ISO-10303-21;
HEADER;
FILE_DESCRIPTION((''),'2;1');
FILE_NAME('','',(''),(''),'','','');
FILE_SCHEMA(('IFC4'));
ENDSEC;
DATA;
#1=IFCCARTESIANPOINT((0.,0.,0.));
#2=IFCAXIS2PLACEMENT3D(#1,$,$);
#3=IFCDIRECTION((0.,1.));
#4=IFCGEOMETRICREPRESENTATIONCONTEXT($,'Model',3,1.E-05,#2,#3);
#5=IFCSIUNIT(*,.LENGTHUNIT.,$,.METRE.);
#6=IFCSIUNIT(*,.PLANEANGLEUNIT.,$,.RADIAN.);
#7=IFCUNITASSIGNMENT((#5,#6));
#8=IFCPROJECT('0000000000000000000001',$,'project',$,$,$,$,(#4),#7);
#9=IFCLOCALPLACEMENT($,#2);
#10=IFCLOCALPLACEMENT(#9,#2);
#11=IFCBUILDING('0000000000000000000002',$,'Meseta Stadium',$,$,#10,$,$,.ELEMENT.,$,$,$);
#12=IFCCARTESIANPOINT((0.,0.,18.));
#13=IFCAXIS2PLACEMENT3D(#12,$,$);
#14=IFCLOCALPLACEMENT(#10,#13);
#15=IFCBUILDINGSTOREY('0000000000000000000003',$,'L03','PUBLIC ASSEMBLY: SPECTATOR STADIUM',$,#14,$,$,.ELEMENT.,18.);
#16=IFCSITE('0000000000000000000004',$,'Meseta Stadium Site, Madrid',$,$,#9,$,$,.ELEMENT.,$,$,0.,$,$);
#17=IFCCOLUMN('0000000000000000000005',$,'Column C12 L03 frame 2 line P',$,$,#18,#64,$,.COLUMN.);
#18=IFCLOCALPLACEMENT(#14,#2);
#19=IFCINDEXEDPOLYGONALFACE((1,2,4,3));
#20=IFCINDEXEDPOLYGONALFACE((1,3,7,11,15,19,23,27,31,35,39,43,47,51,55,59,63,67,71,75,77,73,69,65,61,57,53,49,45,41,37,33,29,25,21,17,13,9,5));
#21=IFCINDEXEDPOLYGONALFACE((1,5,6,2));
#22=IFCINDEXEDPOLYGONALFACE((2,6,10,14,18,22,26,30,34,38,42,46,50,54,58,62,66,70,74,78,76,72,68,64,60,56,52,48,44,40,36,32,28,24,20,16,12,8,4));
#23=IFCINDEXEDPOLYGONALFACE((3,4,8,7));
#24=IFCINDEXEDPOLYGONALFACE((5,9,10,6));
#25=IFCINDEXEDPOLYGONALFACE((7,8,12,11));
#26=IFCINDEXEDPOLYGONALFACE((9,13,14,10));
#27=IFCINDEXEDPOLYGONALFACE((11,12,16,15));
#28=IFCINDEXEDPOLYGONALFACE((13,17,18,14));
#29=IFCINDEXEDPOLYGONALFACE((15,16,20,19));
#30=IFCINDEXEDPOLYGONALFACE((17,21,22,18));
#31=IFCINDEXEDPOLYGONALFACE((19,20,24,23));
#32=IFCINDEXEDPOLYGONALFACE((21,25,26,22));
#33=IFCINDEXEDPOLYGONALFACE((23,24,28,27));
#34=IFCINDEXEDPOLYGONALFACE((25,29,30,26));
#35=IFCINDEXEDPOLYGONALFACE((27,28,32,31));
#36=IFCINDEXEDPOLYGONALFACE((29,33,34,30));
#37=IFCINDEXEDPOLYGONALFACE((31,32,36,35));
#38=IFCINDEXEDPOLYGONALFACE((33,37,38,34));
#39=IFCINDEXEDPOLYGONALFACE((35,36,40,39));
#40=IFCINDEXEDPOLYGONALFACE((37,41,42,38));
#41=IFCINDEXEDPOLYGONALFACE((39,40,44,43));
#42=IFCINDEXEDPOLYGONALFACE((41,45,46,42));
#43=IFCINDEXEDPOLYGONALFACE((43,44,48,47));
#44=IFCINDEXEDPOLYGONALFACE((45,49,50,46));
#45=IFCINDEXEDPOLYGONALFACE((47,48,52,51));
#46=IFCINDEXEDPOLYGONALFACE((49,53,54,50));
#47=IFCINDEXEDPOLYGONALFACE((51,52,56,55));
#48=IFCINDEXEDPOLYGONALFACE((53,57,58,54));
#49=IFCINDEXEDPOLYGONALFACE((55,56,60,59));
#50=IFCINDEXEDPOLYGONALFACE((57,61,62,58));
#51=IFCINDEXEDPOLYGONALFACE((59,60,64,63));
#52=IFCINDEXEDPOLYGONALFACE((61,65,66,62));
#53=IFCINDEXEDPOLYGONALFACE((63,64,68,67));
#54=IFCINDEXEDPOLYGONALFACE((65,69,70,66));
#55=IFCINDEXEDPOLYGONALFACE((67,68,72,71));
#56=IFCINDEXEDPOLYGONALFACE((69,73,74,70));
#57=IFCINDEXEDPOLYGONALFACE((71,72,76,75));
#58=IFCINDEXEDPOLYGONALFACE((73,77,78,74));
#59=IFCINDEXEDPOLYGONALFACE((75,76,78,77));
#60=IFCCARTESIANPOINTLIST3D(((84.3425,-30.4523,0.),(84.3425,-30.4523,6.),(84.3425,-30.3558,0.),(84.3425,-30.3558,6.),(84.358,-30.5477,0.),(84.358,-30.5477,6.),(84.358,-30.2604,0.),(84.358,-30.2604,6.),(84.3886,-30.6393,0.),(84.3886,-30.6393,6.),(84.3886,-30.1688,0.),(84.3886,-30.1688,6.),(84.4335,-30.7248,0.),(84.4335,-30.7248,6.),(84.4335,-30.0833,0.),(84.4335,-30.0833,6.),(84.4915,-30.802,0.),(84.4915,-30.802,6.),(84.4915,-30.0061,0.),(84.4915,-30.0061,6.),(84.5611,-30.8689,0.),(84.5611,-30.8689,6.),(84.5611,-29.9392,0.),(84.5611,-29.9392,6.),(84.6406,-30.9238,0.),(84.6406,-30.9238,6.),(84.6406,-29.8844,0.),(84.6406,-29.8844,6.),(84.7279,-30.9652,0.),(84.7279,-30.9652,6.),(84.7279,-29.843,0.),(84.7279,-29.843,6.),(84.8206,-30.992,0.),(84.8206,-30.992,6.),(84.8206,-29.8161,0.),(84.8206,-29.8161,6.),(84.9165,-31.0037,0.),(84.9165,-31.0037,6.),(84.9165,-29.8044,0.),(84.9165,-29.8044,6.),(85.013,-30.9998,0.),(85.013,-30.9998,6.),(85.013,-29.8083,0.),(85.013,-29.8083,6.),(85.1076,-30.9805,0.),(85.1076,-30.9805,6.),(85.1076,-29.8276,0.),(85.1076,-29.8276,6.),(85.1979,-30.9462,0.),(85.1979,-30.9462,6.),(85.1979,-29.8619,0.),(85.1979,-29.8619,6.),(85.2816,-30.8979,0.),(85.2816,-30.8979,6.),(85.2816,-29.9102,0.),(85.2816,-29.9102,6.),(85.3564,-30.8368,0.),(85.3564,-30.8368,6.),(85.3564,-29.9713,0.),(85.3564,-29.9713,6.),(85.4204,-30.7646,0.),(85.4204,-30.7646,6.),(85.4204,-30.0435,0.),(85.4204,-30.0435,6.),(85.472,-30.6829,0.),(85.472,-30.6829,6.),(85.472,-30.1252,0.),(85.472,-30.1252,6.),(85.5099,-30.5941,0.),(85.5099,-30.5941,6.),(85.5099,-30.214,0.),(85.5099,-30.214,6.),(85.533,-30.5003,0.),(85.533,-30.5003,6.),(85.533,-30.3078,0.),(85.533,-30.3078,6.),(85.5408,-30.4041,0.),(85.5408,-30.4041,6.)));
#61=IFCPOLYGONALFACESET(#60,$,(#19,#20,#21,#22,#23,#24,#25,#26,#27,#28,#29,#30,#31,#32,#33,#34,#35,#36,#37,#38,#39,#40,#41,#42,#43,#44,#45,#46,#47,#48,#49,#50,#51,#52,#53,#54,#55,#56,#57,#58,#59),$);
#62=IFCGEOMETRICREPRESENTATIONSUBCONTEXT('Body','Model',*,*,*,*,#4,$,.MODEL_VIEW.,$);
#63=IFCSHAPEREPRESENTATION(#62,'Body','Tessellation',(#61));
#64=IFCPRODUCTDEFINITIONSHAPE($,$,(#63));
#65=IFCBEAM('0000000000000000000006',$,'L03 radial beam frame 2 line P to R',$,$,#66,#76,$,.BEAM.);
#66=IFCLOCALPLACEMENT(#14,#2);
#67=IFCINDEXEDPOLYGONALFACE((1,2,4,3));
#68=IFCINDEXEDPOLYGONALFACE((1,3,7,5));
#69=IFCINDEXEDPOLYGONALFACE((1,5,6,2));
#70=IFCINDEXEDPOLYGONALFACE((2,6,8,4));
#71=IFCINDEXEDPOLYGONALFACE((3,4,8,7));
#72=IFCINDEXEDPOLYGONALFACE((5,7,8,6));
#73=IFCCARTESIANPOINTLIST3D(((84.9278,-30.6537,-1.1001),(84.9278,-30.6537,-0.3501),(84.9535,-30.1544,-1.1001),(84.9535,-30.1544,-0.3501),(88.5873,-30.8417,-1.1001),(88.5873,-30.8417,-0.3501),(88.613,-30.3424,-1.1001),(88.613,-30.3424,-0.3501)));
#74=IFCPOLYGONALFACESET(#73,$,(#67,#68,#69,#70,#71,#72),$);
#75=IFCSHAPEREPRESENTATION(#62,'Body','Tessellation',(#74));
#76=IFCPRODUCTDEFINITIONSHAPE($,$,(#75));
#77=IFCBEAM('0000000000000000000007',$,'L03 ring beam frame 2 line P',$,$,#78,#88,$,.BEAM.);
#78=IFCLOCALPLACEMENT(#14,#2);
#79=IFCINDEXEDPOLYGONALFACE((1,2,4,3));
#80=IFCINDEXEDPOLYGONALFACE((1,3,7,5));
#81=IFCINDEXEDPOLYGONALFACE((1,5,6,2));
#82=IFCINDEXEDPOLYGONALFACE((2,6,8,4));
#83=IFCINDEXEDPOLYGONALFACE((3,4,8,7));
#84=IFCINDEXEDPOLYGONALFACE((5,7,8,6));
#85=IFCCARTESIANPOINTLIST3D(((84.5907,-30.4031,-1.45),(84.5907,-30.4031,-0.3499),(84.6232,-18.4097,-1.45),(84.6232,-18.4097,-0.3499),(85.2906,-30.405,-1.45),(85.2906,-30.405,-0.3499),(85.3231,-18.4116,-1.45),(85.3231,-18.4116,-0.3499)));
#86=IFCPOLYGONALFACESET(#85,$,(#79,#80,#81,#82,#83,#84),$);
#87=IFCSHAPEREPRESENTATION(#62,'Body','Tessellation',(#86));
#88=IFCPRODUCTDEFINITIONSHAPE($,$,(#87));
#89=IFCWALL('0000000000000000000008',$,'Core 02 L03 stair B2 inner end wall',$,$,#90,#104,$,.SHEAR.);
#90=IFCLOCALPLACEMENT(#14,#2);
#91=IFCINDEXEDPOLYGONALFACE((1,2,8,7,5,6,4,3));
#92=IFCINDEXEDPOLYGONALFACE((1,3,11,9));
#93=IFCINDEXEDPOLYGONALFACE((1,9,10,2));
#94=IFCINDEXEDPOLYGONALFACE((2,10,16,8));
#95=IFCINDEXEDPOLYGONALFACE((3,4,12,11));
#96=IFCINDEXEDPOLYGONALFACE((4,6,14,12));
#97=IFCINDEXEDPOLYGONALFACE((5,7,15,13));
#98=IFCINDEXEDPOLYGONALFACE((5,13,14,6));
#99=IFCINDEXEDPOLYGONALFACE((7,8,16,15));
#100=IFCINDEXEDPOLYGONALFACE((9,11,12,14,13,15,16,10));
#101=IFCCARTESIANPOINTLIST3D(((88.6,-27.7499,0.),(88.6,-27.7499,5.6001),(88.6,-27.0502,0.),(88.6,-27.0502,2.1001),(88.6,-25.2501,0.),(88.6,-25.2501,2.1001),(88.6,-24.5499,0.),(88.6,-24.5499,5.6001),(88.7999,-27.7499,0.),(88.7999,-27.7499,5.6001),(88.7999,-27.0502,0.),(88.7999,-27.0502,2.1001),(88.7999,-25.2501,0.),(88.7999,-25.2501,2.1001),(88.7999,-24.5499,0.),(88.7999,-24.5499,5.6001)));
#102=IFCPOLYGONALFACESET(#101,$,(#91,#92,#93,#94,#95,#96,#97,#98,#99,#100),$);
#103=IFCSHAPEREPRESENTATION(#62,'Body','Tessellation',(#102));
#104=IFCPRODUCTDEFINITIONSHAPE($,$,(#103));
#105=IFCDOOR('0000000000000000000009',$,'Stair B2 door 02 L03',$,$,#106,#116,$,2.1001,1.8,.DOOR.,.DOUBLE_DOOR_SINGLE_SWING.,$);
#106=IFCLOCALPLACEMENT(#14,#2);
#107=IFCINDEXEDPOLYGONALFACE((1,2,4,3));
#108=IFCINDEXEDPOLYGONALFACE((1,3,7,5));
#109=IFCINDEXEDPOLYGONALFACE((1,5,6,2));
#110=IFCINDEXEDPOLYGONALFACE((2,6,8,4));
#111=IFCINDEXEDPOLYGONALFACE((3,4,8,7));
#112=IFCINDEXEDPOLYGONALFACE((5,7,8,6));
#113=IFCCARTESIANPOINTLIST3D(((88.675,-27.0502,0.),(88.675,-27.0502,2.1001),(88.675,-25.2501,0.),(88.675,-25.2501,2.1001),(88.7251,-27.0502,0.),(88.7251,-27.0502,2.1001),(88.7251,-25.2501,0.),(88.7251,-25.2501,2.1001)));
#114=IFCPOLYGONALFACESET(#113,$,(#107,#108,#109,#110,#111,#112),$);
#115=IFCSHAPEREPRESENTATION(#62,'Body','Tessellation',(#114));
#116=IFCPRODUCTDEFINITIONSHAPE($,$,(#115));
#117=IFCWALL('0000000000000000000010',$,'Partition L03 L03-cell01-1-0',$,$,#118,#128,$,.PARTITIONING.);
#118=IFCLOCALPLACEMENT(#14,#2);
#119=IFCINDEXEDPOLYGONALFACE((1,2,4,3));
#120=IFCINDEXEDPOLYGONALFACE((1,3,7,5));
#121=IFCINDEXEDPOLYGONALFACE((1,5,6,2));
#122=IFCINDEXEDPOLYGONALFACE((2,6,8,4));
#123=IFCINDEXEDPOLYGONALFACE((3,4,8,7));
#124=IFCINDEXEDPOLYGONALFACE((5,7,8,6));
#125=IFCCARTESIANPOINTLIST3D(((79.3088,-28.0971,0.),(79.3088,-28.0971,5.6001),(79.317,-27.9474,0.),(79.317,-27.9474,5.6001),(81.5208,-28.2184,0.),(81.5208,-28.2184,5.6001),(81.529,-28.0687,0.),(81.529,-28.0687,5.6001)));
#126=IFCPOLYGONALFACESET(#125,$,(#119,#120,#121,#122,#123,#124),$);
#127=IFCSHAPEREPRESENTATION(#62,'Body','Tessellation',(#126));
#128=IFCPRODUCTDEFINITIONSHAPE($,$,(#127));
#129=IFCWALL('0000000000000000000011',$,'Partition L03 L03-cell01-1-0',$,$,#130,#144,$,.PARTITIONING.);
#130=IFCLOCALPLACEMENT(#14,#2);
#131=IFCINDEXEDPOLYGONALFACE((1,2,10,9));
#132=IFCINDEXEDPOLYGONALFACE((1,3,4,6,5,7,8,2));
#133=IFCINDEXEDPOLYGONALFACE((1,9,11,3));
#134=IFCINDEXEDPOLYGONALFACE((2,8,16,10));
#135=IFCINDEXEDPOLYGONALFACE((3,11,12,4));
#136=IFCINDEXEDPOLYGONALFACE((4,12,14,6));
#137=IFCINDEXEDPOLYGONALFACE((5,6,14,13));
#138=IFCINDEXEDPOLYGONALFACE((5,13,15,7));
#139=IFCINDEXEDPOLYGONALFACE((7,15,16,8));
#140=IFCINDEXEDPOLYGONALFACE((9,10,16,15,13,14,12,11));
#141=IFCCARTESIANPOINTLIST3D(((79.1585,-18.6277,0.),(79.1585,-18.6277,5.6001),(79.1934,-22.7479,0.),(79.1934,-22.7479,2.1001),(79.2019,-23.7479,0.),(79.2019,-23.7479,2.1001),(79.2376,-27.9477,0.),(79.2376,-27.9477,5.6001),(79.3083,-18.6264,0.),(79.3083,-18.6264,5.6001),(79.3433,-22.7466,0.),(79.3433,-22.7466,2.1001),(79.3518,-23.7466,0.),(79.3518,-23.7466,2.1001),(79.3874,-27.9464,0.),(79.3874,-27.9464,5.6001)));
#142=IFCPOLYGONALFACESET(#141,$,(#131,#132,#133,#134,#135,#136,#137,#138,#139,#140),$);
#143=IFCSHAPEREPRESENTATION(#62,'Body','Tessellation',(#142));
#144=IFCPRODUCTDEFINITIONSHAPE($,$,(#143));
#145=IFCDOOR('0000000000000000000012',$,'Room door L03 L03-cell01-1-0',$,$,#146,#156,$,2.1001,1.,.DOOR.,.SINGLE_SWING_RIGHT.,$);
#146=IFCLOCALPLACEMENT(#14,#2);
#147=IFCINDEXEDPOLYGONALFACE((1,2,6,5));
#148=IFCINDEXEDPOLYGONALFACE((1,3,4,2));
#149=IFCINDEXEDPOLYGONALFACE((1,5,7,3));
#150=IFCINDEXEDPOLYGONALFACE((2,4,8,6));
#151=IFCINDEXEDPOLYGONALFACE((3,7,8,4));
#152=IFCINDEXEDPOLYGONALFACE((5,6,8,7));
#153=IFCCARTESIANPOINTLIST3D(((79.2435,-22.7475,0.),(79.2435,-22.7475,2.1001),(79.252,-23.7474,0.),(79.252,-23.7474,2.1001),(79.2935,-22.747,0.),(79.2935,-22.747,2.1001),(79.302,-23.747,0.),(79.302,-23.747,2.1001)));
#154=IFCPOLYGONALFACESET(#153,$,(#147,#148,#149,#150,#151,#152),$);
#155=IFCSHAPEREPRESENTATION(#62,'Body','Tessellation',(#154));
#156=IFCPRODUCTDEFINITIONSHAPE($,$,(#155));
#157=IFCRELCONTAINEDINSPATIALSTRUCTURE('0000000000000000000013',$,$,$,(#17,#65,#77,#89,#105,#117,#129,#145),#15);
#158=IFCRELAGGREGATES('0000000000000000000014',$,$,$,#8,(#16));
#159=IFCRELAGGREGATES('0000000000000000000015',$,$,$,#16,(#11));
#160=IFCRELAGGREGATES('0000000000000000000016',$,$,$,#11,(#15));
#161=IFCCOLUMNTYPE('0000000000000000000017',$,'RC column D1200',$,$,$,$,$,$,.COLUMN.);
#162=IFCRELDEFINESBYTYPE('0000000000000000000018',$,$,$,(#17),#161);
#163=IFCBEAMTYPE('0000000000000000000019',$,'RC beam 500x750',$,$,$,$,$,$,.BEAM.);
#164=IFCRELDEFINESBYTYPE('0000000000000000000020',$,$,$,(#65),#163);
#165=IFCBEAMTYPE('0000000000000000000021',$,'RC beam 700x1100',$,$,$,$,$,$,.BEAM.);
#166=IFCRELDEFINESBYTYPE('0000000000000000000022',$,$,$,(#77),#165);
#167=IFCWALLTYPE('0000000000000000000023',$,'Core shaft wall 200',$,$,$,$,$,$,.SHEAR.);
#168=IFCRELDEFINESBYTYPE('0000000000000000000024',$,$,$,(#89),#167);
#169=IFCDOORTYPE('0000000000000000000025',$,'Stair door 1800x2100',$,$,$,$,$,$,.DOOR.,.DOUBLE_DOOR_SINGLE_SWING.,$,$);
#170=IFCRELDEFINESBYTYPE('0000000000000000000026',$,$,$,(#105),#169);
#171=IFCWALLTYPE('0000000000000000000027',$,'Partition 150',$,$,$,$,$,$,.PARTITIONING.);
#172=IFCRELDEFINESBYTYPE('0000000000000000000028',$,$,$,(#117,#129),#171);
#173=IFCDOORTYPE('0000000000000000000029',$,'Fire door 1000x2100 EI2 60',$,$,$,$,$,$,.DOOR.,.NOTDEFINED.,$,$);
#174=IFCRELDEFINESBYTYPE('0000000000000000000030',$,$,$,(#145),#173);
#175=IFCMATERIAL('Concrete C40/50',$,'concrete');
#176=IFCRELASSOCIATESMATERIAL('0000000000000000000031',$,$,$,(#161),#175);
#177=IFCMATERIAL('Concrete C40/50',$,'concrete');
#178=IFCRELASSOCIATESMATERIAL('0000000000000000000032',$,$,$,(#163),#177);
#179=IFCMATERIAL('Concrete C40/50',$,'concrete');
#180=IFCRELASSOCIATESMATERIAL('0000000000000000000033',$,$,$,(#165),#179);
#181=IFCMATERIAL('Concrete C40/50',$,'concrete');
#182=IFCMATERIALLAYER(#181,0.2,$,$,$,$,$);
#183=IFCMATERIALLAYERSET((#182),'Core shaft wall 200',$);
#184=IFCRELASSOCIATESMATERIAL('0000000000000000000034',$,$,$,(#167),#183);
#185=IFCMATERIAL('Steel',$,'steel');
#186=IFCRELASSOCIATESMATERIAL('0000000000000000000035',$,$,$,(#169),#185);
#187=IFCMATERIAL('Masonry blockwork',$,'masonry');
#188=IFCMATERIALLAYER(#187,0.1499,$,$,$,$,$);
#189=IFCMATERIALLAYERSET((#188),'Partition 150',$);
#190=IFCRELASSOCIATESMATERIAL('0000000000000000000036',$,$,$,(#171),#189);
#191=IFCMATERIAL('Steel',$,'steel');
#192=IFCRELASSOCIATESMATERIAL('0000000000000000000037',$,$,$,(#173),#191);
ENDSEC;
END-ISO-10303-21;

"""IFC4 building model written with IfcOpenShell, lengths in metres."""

from ifc_helpers import new_model, si_unit, direction, frame, frame_2d, origin, origin_2d, place, context, subcontext, project, spatial, rectangle, circle, extrude, material, layer, layer_set, material_profile, profile_set, type_object, element, fill, save


model = new_model("IFC4")

# Units and contexts
model_context = context("Model", 3, precision=1e-05, world=origin(), true_north=direction((0.0, 1.0)))
body_context = subcontext(model_context, "Body", "Model", "MODEL_VIEW")
ifc_project = project(units=[si_unit("LENGTHUNIT", "METRE"), si_unit("PLANEANGLEUNIT", "RADIAN")], contexts=[model_context])

# Site, building, storey
site_placement = place(None, origin())
site = spatial("IfcSite", under=ifc_project, at=site_placement, Name="Meseta Stadium Site, Madrid", CompositionType="ELEMENT", RefElevation=0.0)
building_placement = place(site_placement, origin())
building = spatial("IfcBuilding", under=site, at=building_placement, Name="Meseta Stadium", CompositionType="ELEMENT")
storey_placement = place(building_placement, frame((0.0, 0.0, 18.0)))
storey = spatial("IfcBuildingStorey", under=building, at=storey_placement, Name="L03", Description="PUBLIC ASSEMBLY: SPECTATOR STADIUM", CompositionType="ELEMENT", Elevation=18.0)

# Column
ifc_material_1 = material(Name="Concrete C40/50", Category="concrete")
ifc_material_profile_1 = material_profile(ifc_material_1, circle(Radius=0.6001, at=origin_2d()), Name="RC D1200")
ifc_profile_set_1 = profile_set([ifc_material_profile_1], Name="Concrete C40/50")
column_type = type_object("IfcColumnType", Name="RC column D1200", PredefinedType="COLUMN", material=ifc_profile_set_1)
column_placement = place(storey_placement, frame((84.9407, -30.4041, 0.0), z_axis=(0.0, 0.0, 1.0), x_axis=(1.0, 0.0, 0.0)))
element("IfcColumn", 1, at=column_placement, inside=storey, type_object=column_type, Name="Column C12 L03 frame 2 line P", PredefinedType="COLUMN", context=body_context, shape_type="SweptSolid", body=[
    extrude(circle(Radius=0.6001, at=origin_2d()), origin(), (0.0, 0.0, 1.0), 6.0),
])

# Beams
ifc_material_2 = material(Name="Concrete C40/50", Category="concrete")
ifc_material_profile_2 = material_profile(ifc_material_2, rectangle(XDim=0.5, YDim=0.75, at=origin_2d()), Name="RC 500x750")
ifc_profile_set_2 = profile_set([ifc_material_profile_2], Name="Concrete C40/50")
beam_type_1 = type_object("IfcBeamType", Name="RC beam 500x750", PredefinedType="BEAM", material=ifc_profile_set_2)
beam_1_placement = place(storey_placement, frame((84.9407, -30.4041, -0.7251), z_axis=(0.998683, -0.051303, 0.0), x_axis=(0.051303, 0.998683, 0.0)))
element("IfcBeam", 2, at=beam_1_placement, inside=storey, type_object=beam_type_1, Name="L03 radial beam frame 2 line P to R", PredefinedType="BEAM", context=body_context, shape_type="SweptSolid", body=[
    extrude(rectangle(XDim=0.5, YDim=0.75, at=origin_2d()), origin(), (0.0, 0.0, 1.0), 3.6643),
])
ifc_material_3 = material(Name="Concrete C40/50", Category="concrete")
ifc_material_profile_3 = material_profile(ifc_material_3, rectangle(XDim=0.7, YDim=1.1001, at=origin_2d()), Name="RC 700x1100")
ifc_profile_set_3 = profile_set([ifc_material_profile_3], Name="Concrete C40/50")
beam_type_2 = type_object("IfcBeamType", Name="RC beam 700x1100", PredefinedType="BEAM", material=ifc_profile_set_3)
beam_2_placement = place(storey_placement, frame((84.9407, -30.4041, -0.8999), z_axis=(0.002707, 0.999996, 0.0), x_axis=(-0.999996, 0.002707, 0.0)))
element("IfcBeam", 3, at=beam_2_placement, inside=storey, type_object=beam_type_2, Name="L03 ring beam frame 2 line P", PredefinedType="BEAM", context=body_context, shape_type="SweptSolid", body=[
    extrude(rectangle(XDim=0.7, YDim=1.1001, at=origin_2d()), origin(), (0.0, 0.0, 1.0), 11.9934),
])

# Wall, opening, door
ifc_material_4 = material(Name="Concrete C40/50", Category="concrete")
ifc_layer_1 = layer(ifc_material_4, 0.2)
ifc_layer_set_1 = layer_set([ifc_layer_1], Name="Core shaft wall 200")
wall_type_1 = type_object("IfcWallType", Name="Core shaft wall 200", PredefinedType="SHEAR", material=ifc_layer_set_1)
wall_1_placement = place(storey_placement, frame((88.7, -27.75, 0.0), z_axis=(0.0, 0.0, 1.0), x_axis=(0.0, 1.0, 0.0)))
wall_1 = element("IfcWall", 4, at=wall_1_placement, inside=storey, type_object=wall_type_1, Name="Core 02 L03 stair B2 inner end wall", PredefinedType="SHEAR", context=body_context, shape_type="SweptSolid", body=[
    extrude(rectangle(XDim=3.2, YDim=0.2, at=frame_2d((1.6001, 0.0))), origin(), (0.0, 0.0, 1.0), 5.6001),
])
opening_1_placement = place(wall_1_placement, frame((0.7, 0.0, 0.0)))
opening_1 = element("IfcOpeningElement", 5, at=opening_1_placement, cuts=wall_1, PredefinedType="OPENING", context=body_context, shape_type="SweptSolid", body=[
    extrude(rectangle(XDim=1.8, YDim=2.1001, at=frame_2d((0.8999, 1.05))), frame((0.0, 0.1099, 0.0), z_axis=(0.0, -1.0, 0.0), x_axis=(1.0, 0.0, 0.0)), (0.0, 0.0, 1.0), 0.22),
])
ifc_material_5 = material(Name="Steel", Category="steel")
door_type_1 = type_object("IfcDoorType", Name="Stair door 1800x2100", OperationType="DOUBLE_DOOR_SINGLE_SWING", PredefinedType="DOOR", material=ifc_material_5)
door_1_placement = place(opening_1_placement, origin())
door_1 = element("IfcDoor", 6, at=door_1_placement, inside=storey, type_object=door_type_1, Name="Stair B2 door 02 L03", OperationType="DOUBLE_DOOR_SINGLE_SWING", OverallHeight=2.1001, OverallWidth=1.8, PredefinedType="DOOR", context=body_context, shape_type="SweptSolid", body=[
    extrude(rectangle(XDim=1.8, YDim=2.1001, at=frame_2d((0.8999, 1.05))), frame((0.0, 0.0249, 0.0), z_axis=(0.0, -1.0, 0.0), x_axis=(1.0, 0.0, 0.0)), (0.0, 0.0, 1.0), 0.05),
])
fill(opening_1, door_1)

# Wall
ifc_material_6 = material(Name="Masonry blockwork", Category="masonry")
ifc_layer_2 = layer(ifc_material_6, 0.1499)
ifc_layer_set_2 = layer_set([ifc_layer_2], Name="Partition 150")
wall_type_2 = type_object("IfcWallType", Name="Partition 150", PredefinedType="PARTITIONING", material=ifc_layer_set_2)
wall_2_placement = place(storey_placement, frame((81.5249, -28.1436, 0.0), z_axis=(0.0, 0.0, 1.0), x_axis=(-0.998499, 0.054774, 0.0)))
element("IfcWall", 7, at=wall_2_placement, inside=storey, type_object=wall_type_2, Name="Partition L03 L03-cell01-1-0", PredefinedType="PARTITIONING", context=body_context, shape_type="SweptSolid", body=[
    extrude(rectangle(XDim=2.2153, YDim=0.1499, at=frame_2d((1.1077, 0.0))), origin(), (0.0, 0.0, 1.0), 5.6001),
])

# Wall, opening, door
wall_3_placement = place(storey_placement, frame((79.3125, -27.947, 0.0), z_axis=(0.0, 0.0, 1.0), x_axis=(-0.008487, 0.999964, 0.0)))
wall_3 = element("IfcWall", 8, at=wall_3_placement, inside=storey, type_object=wall_type_2, Name="Partition L03 L03-cell01-1-0", PredefinedType="PARTITIONING", context=body_context, shape_type="SweptSolid", body=[
    extrude(rectangle(XDim=9.3203, YDim=0.1499, at=frame_2d((4.6602, 0.0))), origin(), (0.0, 0.0, 1.0), 5.6001),
])
opening_2_placement = place(wall_3_placement, frame((4.2, 0.0, 0.0)))
opening_2 = element("IfcOpeningElement", 9, at=opening_2_placement, cuts=wall_3, PredefinedType="OPENING", context=body_context, shape_type="SweptSolid", body=[
    extrude(rectangle(XDim=1.0, YDim=2.1001, at=frame_2d((0.5, 1.05))), frame((0.0, 0.085, 0.0), z_axis=(0.0, -1.0, 0.0), x_axis=(1.0, 0.0, 0.0)), (0.0, 0.0, 1.0), 0.1699),
])
ifc_material_7 = material(Name="Steel", Category="steel")
door_type_2 = type_object("IfcDoorType", Name="Fire door 1000x2100 EI2 60", OperationType="NOTDEFINED", PredefinedType="DOOR", material=ifc_material_7)
door_2_placement = place(opening_2_placement, origin())
door_2 = element("IfcDoor", 10, at=door_2_placement, inside=storey, type_object=door_type_2, Name="Room door L03 L03-cell01-1-0", OperationType="SINGLE_SWING_RIGHT", OverallHeight=2.1001, OverallWidth=1.0, PredefinedType="DOOR", context=body_context, shape_type="SweptSolid", body=[
    extrude(rectangle(XDim=1.0, YDim=2.1001, at=frame_2d((0.5, 1.05))), frame((0.0, 0.0249, 0.0), z_axis=(0.0, -1.0, 0.0), x_axis=(1.0, 0.0, 0.0)), (0.0, 0.0, 1.0), 0.05),
])
fill(opening_2, door_2)

save(model, "model.ifc")
